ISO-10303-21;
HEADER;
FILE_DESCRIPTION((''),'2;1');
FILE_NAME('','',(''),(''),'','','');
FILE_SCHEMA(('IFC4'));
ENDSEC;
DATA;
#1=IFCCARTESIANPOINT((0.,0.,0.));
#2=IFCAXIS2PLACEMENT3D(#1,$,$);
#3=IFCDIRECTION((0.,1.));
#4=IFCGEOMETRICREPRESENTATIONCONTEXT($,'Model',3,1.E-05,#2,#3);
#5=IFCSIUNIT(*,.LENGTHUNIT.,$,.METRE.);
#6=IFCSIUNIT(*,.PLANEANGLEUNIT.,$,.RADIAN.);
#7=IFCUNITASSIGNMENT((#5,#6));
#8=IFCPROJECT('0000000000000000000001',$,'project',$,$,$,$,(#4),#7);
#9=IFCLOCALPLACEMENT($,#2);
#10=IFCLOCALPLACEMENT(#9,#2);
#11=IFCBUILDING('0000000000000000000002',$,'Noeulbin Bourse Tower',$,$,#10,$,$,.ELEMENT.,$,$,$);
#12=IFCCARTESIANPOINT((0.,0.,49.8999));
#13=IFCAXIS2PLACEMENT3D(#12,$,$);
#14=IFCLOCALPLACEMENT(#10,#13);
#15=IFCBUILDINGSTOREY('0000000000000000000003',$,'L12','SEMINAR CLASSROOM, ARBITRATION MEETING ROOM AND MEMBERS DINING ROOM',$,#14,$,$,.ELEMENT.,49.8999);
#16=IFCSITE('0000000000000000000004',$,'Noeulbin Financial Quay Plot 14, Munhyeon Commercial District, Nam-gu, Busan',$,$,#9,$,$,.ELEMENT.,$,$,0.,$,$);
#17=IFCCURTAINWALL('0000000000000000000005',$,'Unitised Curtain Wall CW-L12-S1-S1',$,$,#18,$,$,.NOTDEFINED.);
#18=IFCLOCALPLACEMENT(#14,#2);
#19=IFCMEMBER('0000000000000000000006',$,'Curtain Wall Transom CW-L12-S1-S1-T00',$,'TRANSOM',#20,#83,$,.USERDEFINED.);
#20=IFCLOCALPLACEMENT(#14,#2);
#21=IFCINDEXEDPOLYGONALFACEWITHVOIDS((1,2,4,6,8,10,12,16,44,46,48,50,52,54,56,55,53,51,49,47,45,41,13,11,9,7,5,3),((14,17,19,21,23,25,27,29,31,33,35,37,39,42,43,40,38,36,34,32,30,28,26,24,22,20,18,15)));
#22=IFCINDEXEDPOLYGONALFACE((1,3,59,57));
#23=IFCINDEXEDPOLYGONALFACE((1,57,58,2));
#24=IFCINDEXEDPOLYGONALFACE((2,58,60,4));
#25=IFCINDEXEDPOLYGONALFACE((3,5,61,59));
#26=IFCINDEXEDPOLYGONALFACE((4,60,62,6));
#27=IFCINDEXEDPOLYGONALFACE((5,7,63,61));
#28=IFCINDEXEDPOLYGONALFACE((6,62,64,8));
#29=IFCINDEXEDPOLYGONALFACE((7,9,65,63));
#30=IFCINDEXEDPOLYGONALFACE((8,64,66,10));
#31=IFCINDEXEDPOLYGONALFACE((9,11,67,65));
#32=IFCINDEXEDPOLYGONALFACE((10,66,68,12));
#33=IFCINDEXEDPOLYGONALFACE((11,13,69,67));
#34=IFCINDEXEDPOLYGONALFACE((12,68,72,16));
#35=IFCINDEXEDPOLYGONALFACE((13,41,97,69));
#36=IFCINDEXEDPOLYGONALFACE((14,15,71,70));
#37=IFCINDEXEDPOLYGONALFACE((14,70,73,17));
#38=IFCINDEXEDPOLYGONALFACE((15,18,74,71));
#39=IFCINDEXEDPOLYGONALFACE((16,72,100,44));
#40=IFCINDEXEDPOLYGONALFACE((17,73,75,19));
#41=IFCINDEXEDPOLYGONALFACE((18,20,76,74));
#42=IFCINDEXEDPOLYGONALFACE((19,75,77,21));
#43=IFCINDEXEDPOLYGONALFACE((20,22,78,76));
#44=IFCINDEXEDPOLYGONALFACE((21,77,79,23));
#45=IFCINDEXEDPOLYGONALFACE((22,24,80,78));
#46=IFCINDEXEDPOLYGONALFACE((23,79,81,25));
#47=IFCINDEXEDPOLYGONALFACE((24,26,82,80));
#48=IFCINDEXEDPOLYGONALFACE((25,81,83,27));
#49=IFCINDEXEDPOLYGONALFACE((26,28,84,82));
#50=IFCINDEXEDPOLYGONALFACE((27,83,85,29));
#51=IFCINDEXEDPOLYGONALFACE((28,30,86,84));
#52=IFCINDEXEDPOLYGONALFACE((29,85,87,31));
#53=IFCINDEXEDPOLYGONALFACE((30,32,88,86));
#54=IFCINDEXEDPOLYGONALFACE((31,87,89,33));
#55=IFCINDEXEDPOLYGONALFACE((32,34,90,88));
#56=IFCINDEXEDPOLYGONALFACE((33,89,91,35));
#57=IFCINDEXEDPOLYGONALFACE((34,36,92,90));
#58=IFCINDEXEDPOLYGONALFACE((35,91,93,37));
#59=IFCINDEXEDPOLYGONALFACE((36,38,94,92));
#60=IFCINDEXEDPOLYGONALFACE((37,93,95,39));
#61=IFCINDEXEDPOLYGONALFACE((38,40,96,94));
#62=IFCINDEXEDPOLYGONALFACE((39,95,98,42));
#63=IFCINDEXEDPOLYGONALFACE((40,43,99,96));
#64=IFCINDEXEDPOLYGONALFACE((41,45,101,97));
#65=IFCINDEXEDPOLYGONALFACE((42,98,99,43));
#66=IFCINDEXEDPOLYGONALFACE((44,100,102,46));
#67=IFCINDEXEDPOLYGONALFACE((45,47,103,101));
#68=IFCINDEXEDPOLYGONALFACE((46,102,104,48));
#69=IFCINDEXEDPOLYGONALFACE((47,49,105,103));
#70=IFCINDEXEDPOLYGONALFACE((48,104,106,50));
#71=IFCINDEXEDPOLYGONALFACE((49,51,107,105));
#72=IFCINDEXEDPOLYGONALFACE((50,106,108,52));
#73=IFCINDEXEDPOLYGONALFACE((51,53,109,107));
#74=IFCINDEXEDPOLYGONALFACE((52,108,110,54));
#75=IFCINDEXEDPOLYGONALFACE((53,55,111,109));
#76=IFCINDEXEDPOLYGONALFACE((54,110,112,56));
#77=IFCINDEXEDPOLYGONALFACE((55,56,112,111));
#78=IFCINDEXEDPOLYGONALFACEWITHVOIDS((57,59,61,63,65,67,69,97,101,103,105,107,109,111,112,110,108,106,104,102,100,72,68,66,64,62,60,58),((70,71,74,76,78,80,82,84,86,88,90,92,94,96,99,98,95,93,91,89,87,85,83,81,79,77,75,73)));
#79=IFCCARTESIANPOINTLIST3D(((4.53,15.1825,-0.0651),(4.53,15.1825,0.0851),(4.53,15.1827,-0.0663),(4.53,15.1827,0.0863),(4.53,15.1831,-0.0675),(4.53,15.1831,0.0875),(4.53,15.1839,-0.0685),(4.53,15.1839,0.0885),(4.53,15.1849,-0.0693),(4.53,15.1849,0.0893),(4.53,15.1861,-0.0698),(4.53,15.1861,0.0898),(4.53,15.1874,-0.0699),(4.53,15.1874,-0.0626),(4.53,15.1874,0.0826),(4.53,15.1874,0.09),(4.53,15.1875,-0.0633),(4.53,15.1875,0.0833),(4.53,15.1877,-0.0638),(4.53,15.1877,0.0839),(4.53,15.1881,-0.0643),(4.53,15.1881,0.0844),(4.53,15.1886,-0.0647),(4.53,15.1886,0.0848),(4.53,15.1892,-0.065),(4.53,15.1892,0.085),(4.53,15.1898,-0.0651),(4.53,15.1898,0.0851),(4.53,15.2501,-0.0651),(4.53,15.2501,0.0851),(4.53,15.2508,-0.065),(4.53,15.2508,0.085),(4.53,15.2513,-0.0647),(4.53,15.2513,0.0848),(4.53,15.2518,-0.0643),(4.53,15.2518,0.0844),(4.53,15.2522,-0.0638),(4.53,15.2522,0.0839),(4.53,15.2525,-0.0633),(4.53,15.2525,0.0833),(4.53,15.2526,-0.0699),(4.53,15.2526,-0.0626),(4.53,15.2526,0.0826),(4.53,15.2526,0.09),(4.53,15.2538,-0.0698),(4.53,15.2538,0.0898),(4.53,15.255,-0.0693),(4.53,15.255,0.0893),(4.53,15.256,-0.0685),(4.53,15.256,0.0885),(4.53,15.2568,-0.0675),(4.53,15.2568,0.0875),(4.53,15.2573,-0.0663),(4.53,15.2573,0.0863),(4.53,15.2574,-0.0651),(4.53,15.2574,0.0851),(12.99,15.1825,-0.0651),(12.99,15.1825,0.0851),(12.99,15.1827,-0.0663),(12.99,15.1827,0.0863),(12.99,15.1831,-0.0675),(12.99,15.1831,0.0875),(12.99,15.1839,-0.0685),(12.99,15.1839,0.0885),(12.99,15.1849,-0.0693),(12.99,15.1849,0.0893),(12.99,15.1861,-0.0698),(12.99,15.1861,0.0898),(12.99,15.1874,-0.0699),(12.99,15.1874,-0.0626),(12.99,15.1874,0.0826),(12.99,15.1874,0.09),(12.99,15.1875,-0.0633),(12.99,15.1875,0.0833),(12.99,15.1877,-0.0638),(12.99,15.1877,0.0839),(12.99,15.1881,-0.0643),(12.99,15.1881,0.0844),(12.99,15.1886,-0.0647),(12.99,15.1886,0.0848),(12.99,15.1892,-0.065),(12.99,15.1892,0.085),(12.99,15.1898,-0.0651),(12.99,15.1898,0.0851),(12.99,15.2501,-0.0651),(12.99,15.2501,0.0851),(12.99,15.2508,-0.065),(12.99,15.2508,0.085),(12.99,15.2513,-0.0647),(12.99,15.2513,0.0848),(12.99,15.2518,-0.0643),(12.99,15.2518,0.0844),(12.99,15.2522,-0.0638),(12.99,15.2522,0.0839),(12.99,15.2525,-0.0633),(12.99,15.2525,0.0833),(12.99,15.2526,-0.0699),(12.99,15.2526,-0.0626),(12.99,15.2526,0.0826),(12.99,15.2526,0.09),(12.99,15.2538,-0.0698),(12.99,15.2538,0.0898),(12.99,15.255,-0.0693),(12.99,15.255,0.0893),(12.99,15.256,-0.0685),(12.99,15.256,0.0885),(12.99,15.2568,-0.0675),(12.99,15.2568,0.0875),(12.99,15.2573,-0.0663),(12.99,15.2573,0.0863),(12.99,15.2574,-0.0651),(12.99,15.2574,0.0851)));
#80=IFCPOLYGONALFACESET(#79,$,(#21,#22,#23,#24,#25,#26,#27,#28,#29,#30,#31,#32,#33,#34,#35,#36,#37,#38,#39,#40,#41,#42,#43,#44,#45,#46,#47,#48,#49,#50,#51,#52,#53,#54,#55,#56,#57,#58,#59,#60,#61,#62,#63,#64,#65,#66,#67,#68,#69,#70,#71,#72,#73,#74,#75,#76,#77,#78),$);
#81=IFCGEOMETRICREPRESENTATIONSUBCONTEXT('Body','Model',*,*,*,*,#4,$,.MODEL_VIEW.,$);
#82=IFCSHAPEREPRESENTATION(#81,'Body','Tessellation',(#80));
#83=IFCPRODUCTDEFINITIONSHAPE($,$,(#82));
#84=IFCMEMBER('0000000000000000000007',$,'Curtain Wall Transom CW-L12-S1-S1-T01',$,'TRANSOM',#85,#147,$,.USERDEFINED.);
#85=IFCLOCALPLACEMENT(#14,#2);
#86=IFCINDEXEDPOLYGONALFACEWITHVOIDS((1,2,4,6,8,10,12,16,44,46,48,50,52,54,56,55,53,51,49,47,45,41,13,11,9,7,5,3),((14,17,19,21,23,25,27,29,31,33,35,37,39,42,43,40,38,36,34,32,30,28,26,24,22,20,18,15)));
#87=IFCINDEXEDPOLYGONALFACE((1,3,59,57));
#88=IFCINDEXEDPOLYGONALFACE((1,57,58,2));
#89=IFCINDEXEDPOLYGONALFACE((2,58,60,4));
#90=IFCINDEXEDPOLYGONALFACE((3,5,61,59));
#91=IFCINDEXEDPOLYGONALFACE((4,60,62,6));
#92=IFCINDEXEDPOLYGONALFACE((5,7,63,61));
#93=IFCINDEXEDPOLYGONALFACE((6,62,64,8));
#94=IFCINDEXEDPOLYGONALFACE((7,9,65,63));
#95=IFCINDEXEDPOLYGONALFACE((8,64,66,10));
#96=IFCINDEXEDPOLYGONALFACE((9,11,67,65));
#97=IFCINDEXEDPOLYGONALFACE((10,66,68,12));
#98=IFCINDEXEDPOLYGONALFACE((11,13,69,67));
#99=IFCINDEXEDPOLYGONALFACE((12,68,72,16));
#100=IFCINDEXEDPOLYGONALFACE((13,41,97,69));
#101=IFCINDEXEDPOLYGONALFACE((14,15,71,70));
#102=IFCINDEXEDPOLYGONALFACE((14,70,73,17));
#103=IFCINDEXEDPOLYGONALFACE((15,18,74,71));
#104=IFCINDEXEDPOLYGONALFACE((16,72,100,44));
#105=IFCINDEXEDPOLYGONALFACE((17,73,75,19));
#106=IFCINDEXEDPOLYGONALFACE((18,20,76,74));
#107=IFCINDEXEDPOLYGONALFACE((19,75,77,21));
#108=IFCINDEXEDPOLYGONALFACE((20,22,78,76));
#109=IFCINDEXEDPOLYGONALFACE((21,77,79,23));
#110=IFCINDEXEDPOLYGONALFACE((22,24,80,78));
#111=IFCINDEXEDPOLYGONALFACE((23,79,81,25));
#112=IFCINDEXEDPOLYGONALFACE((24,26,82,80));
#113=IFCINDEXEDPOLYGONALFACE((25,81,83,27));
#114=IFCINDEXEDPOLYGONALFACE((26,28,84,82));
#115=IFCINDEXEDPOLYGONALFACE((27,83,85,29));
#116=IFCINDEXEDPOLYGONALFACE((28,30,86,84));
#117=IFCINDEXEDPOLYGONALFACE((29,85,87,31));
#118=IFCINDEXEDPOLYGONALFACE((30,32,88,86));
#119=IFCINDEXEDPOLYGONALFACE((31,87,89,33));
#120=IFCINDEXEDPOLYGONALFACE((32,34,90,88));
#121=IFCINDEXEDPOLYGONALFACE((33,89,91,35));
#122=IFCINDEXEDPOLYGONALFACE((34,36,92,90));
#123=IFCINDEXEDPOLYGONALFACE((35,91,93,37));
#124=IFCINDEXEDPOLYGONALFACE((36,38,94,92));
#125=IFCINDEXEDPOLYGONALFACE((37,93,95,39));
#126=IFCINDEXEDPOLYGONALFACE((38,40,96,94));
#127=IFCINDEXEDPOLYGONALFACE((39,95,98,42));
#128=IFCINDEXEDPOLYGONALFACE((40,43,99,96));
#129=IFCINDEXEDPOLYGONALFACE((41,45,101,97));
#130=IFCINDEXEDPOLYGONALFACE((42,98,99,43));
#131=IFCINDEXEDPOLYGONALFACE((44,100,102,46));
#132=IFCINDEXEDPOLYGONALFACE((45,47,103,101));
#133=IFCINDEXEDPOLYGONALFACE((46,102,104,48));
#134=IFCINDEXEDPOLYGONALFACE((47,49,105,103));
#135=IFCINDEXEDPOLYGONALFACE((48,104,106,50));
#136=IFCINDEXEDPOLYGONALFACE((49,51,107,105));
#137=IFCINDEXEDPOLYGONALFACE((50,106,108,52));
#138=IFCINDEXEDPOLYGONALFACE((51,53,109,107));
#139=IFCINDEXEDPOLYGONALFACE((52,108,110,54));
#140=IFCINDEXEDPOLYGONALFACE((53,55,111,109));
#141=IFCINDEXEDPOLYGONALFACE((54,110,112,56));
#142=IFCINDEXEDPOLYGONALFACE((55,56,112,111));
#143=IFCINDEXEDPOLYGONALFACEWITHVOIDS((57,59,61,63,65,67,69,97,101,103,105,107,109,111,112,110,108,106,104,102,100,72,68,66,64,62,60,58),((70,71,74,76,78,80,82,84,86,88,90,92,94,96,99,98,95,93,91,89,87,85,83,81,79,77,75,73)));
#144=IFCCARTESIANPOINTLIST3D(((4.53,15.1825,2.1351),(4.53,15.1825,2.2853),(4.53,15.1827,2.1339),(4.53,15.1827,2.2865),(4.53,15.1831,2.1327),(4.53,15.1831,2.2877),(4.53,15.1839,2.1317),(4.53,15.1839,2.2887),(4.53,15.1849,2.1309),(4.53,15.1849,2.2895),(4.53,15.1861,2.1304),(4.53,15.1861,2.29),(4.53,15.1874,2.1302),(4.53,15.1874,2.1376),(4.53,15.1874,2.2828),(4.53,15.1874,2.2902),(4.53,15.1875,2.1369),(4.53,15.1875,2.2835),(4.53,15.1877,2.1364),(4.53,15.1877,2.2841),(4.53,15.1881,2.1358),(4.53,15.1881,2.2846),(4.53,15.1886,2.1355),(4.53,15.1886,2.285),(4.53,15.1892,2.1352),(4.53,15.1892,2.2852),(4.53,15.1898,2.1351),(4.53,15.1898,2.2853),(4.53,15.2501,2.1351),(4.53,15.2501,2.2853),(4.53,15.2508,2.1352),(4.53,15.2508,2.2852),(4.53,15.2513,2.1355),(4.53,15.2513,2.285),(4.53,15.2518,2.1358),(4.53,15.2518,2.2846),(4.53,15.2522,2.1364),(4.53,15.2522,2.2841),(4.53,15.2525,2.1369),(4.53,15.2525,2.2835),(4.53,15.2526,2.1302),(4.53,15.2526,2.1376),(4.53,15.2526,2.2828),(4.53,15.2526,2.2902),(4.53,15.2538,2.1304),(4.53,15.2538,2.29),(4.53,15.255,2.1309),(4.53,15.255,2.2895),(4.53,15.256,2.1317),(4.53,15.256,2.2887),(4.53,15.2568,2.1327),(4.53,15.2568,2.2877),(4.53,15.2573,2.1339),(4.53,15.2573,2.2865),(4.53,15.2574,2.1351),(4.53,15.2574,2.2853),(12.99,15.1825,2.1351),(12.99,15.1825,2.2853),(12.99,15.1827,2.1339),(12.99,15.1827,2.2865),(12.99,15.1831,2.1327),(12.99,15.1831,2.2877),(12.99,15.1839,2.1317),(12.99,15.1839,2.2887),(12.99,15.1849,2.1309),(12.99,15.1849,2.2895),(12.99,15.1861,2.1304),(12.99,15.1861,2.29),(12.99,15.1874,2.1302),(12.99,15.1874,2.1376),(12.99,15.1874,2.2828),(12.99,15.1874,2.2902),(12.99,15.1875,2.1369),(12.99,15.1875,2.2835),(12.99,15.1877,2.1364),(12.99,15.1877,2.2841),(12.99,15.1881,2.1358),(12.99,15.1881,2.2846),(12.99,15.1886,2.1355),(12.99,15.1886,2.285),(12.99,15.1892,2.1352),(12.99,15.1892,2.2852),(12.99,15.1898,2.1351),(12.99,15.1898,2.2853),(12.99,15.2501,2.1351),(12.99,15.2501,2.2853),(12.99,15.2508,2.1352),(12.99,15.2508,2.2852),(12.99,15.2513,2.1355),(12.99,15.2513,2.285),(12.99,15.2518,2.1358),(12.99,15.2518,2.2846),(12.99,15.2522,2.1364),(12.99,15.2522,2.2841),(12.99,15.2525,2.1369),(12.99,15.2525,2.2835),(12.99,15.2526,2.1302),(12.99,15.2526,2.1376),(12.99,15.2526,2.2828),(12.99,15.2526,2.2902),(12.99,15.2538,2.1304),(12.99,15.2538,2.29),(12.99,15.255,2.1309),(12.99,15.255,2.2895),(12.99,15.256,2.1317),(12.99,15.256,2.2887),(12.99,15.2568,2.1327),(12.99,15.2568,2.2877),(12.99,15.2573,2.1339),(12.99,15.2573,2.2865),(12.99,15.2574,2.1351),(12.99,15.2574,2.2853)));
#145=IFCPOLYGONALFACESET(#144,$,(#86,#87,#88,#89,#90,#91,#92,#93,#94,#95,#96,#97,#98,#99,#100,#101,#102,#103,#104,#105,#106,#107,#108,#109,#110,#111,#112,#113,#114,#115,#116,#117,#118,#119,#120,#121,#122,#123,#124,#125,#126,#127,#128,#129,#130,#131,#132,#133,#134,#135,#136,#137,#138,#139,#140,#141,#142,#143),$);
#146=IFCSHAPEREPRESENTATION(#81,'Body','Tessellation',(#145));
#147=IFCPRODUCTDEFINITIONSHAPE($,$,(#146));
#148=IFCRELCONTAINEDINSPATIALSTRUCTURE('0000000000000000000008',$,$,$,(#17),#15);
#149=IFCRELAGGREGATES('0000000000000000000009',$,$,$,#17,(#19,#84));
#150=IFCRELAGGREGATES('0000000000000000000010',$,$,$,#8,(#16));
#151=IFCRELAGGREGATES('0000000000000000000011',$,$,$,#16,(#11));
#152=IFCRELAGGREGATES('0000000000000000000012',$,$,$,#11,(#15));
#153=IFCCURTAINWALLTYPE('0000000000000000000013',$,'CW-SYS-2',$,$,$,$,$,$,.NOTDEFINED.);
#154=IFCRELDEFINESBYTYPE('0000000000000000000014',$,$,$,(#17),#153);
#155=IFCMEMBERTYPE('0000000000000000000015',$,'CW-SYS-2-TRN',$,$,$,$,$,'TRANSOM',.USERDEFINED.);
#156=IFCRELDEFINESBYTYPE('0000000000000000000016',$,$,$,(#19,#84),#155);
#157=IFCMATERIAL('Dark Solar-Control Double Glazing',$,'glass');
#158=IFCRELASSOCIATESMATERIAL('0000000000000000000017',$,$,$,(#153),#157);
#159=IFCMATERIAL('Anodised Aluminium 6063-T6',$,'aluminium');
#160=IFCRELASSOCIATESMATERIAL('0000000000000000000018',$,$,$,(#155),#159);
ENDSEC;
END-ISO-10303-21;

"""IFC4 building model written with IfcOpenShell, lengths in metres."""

from ifc_helpers import new_model, si_unit, direction, frame, origin, origin_2d, place, context, subcontext, project, spatial, hollow_rectangle, extrude, material, material_profile, profile_set, type_object, element, aggregate, save


model = new_model("IFC4")

# Units and contexts
model_context = context("Model", 3, precision=1e-05, world=origin(), true_north=direction((0.0, 1.0)))
body_context = subcontext(model_context, "Body", "Model", "MODEL_VIEW")
ifc_project = project(units=[si_unit("LENGTHUNIT", "METRE"), si_unit("PLANEANGLEUNIT", "RADIAN")], contexts=[model_context])

# Site, building, storey
site_placement = place(None, origin())
site = spatial("IfcSite", under=ifc_project, at=site_placement, Name="Noeulbin Financial Quay Plot 14, Munhyeon Commercial District, Nam-gu, Busan", CompositionType="ELEMENT", RefElevation=0.0)
building_placement = place(site_placement, origin())
building = spatial("IfcBuilding", under=site, at=building_placement, Name="Noeulbin Bourse Tower", CompositionType="ELEMENT")
storey_placement = place(building_placement, frame((0.0, 0.0, 49.8999)))
storey = spatial("IfcBuildingStorey", under=building, at=storey_placement, Name="L12", Description="SEMINAR CLASSROOM, ARBITRATION MEETING ROOM AND MEMBERS DINING ROOM", CompositionType="ELEMENT", Elevation=49.8999)

# Curtain wall
ifc_material_1 = material(Name="Dark Solar-Control Double Glazing", Category="glass")
curtain_wall_type = type_object("IfcCurtainWallType", Name="CW-SYS-2", PredefinedType="NOTDEFINED", material=ifc_material_1)
curtain_wall_1_placement = place(storey_placement, origin())
curtain_wall_1 = element("IfcCurtainWall", 1, at=curtain_wall_1_placement, inside=storey, type_object=curtain_wall_type, Name="Unitised Curtain Wall CW-L12-S1-S1", PredefinedType="NOTDEFINED")
ifc_material_2 = material(Name="Anodised Aluminium 6063-T6", Category="aluminium")

# Members
ifc_material_profile_1 = material_profile(ifc_material_2, hollow_rectangle(XDim=0.075, YDim=0.1599, WallThickness=0.0049, InnerFilletRadius=0.0024, OuterFilletRadius=0.0049, at=origin_2d()), Name="ALU-TRAN-75x160x5", Category="LoadBearing")
ifc_profile_set_1 = profile_set([ifc_material_profile_1], Name="Anodised Aluminium 6063-T6")
member_type_1 = type_object("IfcMemberType", Name="CW-SYS-2-TRN", ElementType="TRANSOM", PredefinedType="USERDEFINED", material=ifc_profile_set_1)
member_1_placement = place(storey_placement, frame((4.53, 15.22, 0.01), z_axis=(1.0, 0.0, 0.0), x_axis=(0.0, 1.0, 0.0)))
member_1 = element("IfcMember", 2, at=member_1_placement, type_object=member_type_1, Name="Curtain Wall Transom CW-L12-S1-S1-T00", ObjectType="TRANSOM", PredefinedType="USERDEFINED", context=body_context, shape_type="SweptSolid", body=[
    extrude(hollow_rectangle(XDim=0.075, YDim=0.1599, WallThickness=0.0049, InnerFilletRadius=0.0024, OuterFilletRadius=0.0049, at=origin_2d()), origin(), (0.0, 0.0, 1.0), 8.46),
])
member_2_placement = place(storey_placement, frame((4.53, 15.22, 2.2102), z_axis=(1.0, 0.0, 0.0), x_axis=(0.0, 1.0, 0.0)))
member_2 = element("IfcMember", 3, at=member_2_placement, type_object=member_type_1, Name="Curtain Wall Transom CW-L12-S1-S1-T01", ObjectType="TRANSOM", PredefinedType="USERDEFINED", context=body_context, shape_type="SweptSolid", body=[
    extrude(hollow_rectangle(XDim=0.075, YDim=0.1599, WallThickness=0.0049, InnerFilletRadius=0.0024, OuterFilletRadius=0.0049, at=origin_2d()), origin(), (0.0, 0.0, 1.0), 8.46),
])

aggregate(curtain_wall_1, [member_1, member_2])

save(model, "model.ifc")
